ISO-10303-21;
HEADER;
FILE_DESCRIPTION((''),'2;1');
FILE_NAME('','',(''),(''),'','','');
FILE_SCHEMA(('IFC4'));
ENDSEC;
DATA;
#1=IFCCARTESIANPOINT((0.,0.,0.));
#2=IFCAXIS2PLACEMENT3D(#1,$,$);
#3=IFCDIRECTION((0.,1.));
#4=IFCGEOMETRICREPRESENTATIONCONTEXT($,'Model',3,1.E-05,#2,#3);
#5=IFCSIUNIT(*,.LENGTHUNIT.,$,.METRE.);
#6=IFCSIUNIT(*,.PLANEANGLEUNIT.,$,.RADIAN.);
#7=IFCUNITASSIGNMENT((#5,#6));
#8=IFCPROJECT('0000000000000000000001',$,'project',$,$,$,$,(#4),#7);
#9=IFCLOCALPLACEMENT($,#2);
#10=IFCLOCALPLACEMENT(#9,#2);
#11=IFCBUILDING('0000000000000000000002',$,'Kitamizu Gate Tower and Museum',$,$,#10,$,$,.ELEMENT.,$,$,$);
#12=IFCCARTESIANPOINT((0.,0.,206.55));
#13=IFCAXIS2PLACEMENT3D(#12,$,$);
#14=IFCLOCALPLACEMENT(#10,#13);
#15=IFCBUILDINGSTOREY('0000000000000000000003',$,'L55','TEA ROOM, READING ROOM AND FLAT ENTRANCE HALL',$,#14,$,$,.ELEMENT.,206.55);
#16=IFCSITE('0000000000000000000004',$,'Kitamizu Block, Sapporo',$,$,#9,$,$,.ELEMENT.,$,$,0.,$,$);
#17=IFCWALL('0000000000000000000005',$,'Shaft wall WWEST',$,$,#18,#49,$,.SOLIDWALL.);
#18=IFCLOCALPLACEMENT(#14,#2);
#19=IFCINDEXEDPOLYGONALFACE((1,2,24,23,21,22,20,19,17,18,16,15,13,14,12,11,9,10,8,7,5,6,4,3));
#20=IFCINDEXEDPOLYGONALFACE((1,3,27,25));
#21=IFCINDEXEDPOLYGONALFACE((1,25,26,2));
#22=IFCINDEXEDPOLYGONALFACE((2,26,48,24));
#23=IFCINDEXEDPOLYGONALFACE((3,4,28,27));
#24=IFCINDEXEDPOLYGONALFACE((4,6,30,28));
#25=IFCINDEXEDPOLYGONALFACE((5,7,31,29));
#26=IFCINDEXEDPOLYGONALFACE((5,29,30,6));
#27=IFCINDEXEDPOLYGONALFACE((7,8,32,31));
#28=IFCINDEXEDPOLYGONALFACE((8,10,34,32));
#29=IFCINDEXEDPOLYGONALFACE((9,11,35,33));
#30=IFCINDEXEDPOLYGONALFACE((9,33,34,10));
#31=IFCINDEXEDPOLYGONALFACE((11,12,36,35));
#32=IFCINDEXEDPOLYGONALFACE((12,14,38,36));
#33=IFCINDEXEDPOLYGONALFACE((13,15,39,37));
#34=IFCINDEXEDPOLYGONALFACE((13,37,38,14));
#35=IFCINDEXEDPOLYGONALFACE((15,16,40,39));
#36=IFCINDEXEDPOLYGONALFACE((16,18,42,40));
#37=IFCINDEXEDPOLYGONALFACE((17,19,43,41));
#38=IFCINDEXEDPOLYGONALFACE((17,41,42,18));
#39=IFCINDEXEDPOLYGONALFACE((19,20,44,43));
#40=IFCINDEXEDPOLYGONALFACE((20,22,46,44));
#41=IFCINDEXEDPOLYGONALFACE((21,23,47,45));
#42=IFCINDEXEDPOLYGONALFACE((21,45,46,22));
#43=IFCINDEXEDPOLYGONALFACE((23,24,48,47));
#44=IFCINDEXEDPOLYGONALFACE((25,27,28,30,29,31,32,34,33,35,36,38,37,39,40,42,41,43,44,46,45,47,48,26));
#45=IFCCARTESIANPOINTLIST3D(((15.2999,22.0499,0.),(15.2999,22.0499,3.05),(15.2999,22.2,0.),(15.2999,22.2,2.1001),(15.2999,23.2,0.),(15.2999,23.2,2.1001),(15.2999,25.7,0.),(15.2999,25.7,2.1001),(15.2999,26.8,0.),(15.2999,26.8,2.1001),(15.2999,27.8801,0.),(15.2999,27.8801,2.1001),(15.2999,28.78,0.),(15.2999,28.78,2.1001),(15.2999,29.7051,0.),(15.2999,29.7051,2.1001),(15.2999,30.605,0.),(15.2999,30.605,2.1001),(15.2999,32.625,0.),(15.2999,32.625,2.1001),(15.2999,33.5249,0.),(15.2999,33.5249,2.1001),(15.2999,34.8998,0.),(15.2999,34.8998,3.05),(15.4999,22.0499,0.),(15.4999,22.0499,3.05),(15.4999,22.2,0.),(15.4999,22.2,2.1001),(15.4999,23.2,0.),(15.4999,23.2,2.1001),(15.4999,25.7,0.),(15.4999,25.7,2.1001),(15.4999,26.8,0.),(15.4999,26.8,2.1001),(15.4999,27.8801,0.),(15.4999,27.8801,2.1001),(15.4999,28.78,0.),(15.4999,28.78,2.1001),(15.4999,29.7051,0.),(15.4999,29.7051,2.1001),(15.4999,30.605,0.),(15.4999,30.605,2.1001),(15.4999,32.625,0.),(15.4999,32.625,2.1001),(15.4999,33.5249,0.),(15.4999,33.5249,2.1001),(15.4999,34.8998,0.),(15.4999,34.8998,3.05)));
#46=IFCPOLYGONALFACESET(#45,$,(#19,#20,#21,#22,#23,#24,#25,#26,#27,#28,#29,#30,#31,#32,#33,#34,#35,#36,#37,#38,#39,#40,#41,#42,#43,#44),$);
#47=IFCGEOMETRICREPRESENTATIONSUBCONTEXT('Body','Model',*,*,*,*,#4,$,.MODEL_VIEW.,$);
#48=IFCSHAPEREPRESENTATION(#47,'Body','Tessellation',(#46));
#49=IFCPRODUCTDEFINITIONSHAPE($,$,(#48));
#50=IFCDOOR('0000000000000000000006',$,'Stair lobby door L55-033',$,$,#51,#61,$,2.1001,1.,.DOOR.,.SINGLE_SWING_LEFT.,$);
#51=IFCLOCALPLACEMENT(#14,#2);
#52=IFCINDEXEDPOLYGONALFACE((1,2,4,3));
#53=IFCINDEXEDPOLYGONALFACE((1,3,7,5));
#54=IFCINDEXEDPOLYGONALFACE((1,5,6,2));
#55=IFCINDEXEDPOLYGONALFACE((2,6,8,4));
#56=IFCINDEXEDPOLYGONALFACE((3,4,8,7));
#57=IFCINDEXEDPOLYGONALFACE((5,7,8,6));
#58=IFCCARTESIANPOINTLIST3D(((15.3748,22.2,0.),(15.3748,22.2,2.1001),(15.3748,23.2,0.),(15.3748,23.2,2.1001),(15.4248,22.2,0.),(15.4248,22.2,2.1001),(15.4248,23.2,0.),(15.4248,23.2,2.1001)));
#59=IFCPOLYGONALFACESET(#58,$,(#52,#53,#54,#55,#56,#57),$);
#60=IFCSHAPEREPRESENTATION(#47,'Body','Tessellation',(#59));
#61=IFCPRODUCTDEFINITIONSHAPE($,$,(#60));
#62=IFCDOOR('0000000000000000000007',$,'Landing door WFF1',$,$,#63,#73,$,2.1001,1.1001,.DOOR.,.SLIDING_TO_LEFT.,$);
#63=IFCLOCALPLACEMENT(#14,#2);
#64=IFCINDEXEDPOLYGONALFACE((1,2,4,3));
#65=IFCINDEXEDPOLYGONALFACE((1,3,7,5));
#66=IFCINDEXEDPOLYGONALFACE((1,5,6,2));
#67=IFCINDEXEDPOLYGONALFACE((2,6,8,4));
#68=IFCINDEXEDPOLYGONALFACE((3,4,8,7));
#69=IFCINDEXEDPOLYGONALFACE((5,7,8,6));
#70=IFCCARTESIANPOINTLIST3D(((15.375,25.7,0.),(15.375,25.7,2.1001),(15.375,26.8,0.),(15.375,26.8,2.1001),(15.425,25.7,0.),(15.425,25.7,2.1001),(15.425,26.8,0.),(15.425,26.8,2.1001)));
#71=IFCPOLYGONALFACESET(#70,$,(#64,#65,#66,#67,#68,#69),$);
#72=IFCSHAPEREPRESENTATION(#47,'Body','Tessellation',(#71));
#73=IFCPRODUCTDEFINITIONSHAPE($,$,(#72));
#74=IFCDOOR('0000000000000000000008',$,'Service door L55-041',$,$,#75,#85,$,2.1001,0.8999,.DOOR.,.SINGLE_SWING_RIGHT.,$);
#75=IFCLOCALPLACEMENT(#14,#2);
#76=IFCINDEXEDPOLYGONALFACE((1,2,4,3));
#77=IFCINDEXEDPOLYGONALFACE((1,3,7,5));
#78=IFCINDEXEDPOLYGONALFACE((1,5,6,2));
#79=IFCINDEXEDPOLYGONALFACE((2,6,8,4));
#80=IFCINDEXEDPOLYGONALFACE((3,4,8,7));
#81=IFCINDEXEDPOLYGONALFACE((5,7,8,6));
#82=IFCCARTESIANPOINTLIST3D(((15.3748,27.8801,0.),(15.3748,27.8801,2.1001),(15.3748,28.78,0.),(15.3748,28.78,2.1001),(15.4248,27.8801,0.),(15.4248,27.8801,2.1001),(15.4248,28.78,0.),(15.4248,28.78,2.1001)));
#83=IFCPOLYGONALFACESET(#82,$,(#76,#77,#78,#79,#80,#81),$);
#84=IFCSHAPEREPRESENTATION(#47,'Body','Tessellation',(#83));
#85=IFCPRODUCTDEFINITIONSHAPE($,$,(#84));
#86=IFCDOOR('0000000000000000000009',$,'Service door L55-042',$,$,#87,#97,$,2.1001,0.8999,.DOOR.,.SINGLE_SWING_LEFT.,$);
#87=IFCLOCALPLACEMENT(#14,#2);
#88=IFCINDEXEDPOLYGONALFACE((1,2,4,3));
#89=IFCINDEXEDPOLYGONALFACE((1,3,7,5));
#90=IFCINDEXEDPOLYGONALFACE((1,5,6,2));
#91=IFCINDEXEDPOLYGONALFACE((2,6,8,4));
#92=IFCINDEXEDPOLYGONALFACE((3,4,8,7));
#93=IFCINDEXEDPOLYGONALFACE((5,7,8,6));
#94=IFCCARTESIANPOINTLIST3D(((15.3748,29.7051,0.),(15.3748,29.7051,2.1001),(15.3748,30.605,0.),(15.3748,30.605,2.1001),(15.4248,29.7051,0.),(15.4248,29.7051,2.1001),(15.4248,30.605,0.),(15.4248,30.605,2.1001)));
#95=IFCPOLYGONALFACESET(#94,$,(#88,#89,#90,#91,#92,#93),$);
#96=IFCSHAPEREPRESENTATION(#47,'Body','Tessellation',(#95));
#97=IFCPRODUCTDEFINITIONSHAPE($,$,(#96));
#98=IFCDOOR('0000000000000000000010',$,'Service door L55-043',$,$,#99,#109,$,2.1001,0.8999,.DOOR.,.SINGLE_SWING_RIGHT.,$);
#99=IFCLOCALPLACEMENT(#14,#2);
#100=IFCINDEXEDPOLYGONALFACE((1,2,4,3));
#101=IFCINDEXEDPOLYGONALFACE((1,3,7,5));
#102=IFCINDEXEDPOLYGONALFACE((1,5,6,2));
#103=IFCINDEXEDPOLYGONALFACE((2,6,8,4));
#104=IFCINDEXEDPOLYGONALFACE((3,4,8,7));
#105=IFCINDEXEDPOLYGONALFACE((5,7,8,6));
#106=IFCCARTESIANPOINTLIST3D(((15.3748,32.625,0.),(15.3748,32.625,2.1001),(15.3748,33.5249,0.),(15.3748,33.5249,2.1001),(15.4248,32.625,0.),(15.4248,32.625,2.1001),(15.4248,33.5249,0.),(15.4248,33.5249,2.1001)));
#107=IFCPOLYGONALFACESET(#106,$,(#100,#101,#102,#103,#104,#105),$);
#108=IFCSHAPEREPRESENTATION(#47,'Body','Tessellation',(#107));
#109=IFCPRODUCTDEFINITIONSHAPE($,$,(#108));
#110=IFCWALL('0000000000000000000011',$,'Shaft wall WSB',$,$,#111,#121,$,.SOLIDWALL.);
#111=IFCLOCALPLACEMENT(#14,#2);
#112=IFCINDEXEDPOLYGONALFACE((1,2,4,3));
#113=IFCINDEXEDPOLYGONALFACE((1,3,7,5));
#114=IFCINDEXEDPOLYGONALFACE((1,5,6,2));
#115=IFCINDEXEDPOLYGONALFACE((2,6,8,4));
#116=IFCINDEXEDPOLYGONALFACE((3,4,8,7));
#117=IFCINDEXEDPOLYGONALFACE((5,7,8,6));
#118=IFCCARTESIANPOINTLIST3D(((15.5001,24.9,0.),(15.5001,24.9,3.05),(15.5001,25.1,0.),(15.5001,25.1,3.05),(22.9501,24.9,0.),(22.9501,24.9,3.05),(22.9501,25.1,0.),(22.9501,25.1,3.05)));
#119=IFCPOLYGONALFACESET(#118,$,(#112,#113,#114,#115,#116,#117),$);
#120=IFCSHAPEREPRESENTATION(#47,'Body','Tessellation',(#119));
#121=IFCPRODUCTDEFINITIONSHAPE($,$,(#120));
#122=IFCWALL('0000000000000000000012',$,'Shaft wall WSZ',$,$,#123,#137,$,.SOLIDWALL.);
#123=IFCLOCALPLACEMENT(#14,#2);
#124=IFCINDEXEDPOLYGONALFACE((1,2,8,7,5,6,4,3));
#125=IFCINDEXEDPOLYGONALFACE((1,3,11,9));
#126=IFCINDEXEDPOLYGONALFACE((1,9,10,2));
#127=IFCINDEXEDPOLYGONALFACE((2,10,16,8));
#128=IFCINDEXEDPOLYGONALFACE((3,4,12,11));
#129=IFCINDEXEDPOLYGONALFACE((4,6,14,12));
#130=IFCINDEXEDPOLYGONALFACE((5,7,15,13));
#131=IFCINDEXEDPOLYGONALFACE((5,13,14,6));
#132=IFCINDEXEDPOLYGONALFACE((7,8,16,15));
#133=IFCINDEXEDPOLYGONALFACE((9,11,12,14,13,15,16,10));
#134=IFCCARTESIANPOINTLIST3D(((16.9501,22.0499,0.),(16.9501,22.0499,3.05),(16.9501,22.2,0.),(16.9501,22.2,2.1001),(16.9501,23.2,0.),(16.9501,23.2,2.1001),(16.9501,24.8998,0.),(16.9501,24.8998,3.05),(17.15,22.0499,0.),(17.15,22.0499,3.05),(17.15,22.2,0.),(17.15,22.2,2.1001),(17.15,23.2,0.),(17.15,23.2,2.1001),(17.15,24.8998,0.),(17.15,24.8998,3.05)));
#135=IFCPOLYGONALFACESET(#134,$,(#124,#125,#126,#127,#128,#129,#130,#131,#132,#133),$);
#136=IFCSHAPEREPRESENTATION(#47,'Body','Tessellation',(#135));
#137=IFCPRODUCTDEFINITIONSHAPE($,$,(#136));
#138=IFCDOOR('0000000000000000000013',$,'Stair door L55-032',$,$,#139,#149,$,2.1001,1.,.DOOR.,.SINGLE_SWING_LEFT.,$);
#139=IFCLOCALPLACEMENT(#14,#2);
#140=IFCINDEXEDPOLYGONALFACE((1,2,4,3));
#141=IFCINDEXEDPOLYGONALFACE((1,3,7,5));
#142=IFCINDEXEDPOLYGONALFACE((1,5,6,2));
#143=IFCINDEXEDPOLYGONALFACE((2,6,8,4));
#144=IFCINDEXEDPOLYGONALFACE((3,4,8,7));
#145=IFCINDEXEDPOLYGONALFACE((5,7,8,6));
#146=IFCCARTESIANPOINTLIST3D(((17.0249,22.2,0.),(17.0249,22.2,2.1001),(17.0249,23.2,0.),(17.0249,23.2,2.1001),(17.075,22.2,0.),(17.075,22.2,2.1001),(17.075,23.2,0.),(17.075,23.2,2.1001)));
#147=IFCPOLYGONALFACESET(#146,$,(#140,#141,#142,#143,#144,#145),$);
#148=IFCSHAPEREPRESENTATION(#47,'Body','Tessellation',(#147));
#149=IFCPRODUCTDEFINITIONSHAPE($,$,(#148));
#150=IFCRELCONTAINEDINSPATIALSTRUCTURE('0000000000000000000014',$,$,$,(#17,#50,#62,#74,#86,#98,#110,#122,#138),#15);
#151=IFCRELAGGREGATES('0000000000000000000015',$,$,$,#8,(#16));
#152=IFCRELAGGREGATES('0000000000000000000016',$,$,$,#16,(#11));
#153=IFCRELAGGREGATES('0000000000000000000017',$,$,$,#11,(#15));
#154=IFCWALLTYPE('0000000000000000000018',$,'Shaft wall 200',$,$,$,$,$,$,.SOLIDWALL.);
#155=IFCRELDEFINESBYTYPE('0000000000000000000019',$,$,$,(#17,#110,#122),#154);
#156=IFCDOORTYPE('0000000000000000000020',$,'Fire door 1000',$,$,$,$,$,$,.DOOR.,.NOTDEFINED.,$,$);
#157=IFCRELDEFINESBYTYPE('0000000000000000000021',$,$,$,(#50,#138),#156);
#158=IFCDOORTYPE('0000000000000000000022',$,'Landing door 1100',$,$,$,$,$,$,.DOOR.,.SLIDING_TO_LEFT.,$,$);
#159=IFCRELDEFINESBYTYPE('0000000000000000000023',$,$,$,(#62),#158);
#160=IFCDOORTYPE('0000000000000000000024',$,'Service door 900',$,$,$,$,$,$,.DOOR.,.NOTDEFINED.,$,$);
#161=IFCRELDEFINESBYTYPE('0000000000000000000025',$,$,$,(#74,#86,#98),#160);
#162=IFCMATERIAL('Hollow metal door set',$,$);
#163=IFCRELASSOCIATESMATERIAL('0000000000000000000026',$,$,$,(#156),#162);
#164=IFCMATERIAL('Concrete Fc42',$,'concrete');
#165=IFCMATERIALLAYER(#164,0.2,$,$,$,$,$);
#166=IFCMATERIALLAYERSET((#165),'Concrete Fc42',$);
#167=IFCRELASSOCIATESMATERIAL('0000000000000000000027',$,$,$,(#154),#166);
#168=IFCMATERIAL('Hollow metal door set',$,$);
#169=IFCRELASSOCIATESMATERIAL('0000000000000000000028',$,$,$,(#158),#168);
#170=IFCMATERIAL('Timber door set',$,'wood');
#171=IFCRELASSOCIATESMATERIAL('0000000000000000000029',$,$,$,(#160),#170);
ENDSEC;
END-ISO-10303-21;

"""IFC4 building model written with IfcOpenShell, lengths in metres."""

from ifc_helpers import new_model, si_unit, direction, frame, frame_2d, origin, place, context, subcontext, project, spatial, rectangle, extrude, material, layer, layer_set, type_object, element, fill, save


model = new_model("IFC4")

# Units and contexts
model_context = context("Model", 3, precision=1e-05, world=origin(), true_north=direction((0.0, 1.0)))
body_context = subcontext(model_context, "Body", "Model", "MODEL_VIEW")
ifc_project = project(units=[si_unit("LENGTHUNIT", "METRE"), si_unit("PLANEANGLEUNIT", "RADIAN")], contexts=[model_context])

# Site, building, storey
site_placement = place(None, origin())
site = spatial("IfcSite", under=ifc_project, at=site_placement, Name="Kitamizu Block, Sapporo", CompositionType="ELEMENT", RefElevation=0.0)
building_placement = place(site_placement, origin())
building = spatial("IfcBuilding", under=site, at=building_placement, Name="Kitamizu Gate Tower and Museum", CompositionType="ELEMENT")
storey_placement = place(building_placement, frame((0.0, 0.0, 206.55)))
storey = spatial("IfcBuildingStorey", under=building, at=storey_placement, Name="L55", Description="TEA ROOM, READING ROOM AND FLAT ENTRANCE HALL", CompositionType="ELEMENT", Elevation=206.55)

# Shared definitions
ifc_material_1 = material(Name="Hollow metal door set")
door_type_1 = type_object("IfcDoorType", Name="Fire door 1000", OperationType="NOTDEFINED", PredefinedType="DOOR", material=ifc_material_1)

# Wall, openings, doors
ifc_material_2 = material(Name="Concrete Fc42", Category="concrete")
ifc_layer_1 = layer(ifc_material_2, 0.2)
ifc_layer_set_1 = layer_set([ifc_layer_1], Name="Concrete Fc42")
wall_type_1 = type_object("IfcWallType", Name="Shaft wall 200", PredefinedType="SOLIDWALL", material=ifc_layer_set_1)
wall_1_placement = place(storey_placement, frame((15.3999, 22.05, 0.0), z_axis=(0.0, 0.0, 1.0), x_axis=(0.0, 1.0, 0.0)))
wall_1 = element("IfcWall", 1, at=wall_1_placement, inside=storey, type_object=wall_type_1, Name="Shaft wall WWEST", PredefinedType="SOLIDWALL", context=body_context, shape_type="SweptSolid", body=[
    extrude(rectangle(XDim=12.8499, YDim=0.2, at=frame_2d((6.4248, 0.0))), origin(), (0.0, 0.0, 1.0), 3.05),
])
opening_1_placement = place(wall_1_placement, frame((3.6499, 0.0, 0.0)))
opening_1 = element("IfcOpeningElement", 2, at=opening_1_placement, cuts=wall_1, PredefinedType="OPENING", context=body_context, shape_type="SweptSolid", body=[
    extrude(rectangle(XDim=1.1001, YDim=2.1001, at=frame_2d((0.55, 1.05))), frame((0.0, 0.1099, 0.0), z_axis=(0.0, -1.0, 0.0), x_axis=(1.0, 0.0, 0.0)), (0.0, 0.0, 1.0), 0.22),
])
opening_2_placement = place(wall_1_placement, frame((0.1499, 0.0, 0.0)))
opening_2 = element("IfcOpeningElement", 3, at=opening_2_placement, cuts=wall_1, PredefinedType="OPENING", context=body_context, shape_type="SweptSolid", body=[
    extrude(rectangle(XDim=1.0, YDim=2.1001, at=frame_2d((0.5, 1.05))), frame((0.0, 0.1099, 0.0), z_axis=(0.0, -1.0, 0.0), x_axis=(1.0, 0.0, 0.0)), (0.0, 0.0, 1.0), 0.22),
])
opening_3_placement = place(wall_1_placement, frame((5.8301, 0.0, 0.0)))
opening_3 = element("IfcOpeningElement", 4, at=opening_3_placement, cuts=wall_1, PredefinedType="OPENING", context=body_context, shape_type="SweptSolid", body=[
    extrude(rectangle(XDim=0.8999, YDim=2.1001, at=frame_2d((0.45, 1.05))), frame((0.0, 0.1099, 0.0), z_axis=(0.0, -1.0, 0.0), x_axis=(1.0, 0.0, 0.0)), (0.0, 0.0, 1.0), 0.22),
])
opening_4_placement = place(wall_1_placement, frame((7.655, 0.0, 0.0)))
opening_4 = element("IfcOpeningElement", 5, at=opening_4_placement, cuts=wall_1, PredefinedType="OPENING", context=body_context, shape_type="SweptSolid", body=[
    extrude(rectangle(XDim=0.8999, YDim=2.1001, at=frame_2d((0.45, 1.05))), frame((0.0, 0.1099, 0.0), z_axis=(0.0, -1.0, 0.0), x_axis=(1.0, 0.0, 0.0)), (0.0, 0.0, 1.0), 0.22),
])
opening_5_placement = place(wall_1_placement, frame((10.575, 0.0, 0.0)))
opening_5 = element("IfcOpeningElement", 6, at=opening_5_placement, cuts=wall_1, PredefinedType="OPENING", context=body_context, shape_type="SweptSolid", body=[
    extrude(rectangle(XDim=0.8999, YDim=2.1001, at=frame_2d((0.45, 1.05))), frame((0.0, 0.1099, 0.0), z_axis=(0.0, -1.0, 0.0), x_axis=(1.0, 0.0, 0.0)), (0.0, 0.0, 1.0), 0.22),
])
door_1_placement = place(opening_2_placement, frame((1.0, 0.0, 0.0), x_axis=(-1.0, 0.0, 0.0)))
door_1 = element("IfcDoor", 7, at=door_1_placement, inside=storey, type_object=door_type_1, Name="Stair lobby door L55-033", OperationType="SINGLE_SWING_LEFT", OverallHeight=2.1001, OverallWidth=1.0, PredefinedType="DOOR", context=body_context, shape_type="SweptSolid", body=[
    extrude(rectangle(XDim=1.0, YDim=2.1001, at=frame_2d((0.5, 1.05))), frame((0.0, 0.0249, 0.0), z_axis=(0.0, -1.0, 0.0), x_axis=(1.0, 0.0, 0.0)), (0.0, 0.0, 1.0), 0.05),
])
fill(opening_2, door_1)
ifc_material_3 = material(Name="Hollow metal door set")
door_type_2 = type_object("IfcDoorType", Name="Landing door 1100", OperationType="SLIDING_TO_LEFT", PredefinedType="DOOR", material=ifc_material_3)
door_2_placement = place(opening_1_placement, origin())
door_2 = element("IfcDoor", 8, at=door_2_placement, inside=storey, type_object=door_type_2, Name="Landing door WFF1", OperationType="SLIDING_TO_LEFT", OverallHeight=2.1001, OverallWidth=1.1001, PredefinedType="DOOR", context=body_context, shape_type="SweptSolid", body=[
    extrude(rectangle(XDim=1.1001, YDim=2.1001, at=frame_2d((0.55, 1.05))), frame((0.0, 0.0249, 0.0), z_axis=(0.0, -1.0, 0.0), x_axis=(1.0, 0.0, 0.0)), (0.0, 0.0, 1.0), 0.05),
])
fill(opening_1, door_2)
ifc_material_4 = material(Name="Timber door set", Category="wood")
door_type_3 = type_object("IfcDoorType", Name="Service door 900", OperationType="NOTDEFINED", PredefinedType="DOOR", material=ifc_material_4)
door_3_placement = place(opening_3_placement, frame((0.8999, 0.0, 0.0), x_axis=(-1.0, 0.0, 0.0)))
door_3 = element("IfcDoor", 9, at=door_3_placement, inside=storey, type_object=door_type_3, Name="Service door L55-041", OperationType="SINGLE_SWING_RIGHT", OverallHeight=2.1001, OverallWidth=0.8999, PredefinedType="DOOR", context=body_context, shape_type="SweptSolid", body=[
    extrude(rectangle(XDim=0.8999, YDim=2.1001, at=frame_2d((0.45, 1.05))), frame((0.0, 0.0249, 0.0), z_axis=(0.0, -1.0, 0.0), x_axis=(1.0, 0.0, 0.0)), (0.0, 0.0, 1.0), 0.05),
])
fill(opening_3, door_3)
door_4_placement = place(opening_4_placement, frame((0.8999, 0.0, 0.0), x_axis=(-1.0, 0.0, 0.0)))
door_4 = element("IfcDoor", 10, at=door_4_placement, inside=storey, type_object=door_type_3, Name="Service door L55-042", OperationType="SINGLE_SWING_LEFT", OverallHeight=2.1001, OverallWidth=0.8999, PredefinedType="DOOR", context=body_context, shape_type="SweptSolid", body=[
    extrude(rectangle(XDim=0.8999, YDim=2.1001, at=frame_2d((0.45, 1.05))), frame((0.0, 0.0249, 0.0), z_axis=(0.0, -1.0, 0.0), x_axis=(1.0, 0.0, 0.0)), (0.0, 0.0, 1.0), 0.05),
])
fill(opening_4, door_4)
door_5_placement = place(opening_5_placement, frame((0.8999, 0.0, 0.0), x_axis=(-1.0, 0.0, 0.0)))
door_5 = element("IfcDoor", 11, at=door_5_placement, inside=storey, type_object=door_type_3, Name="Service door L55-043", OperationType="SINGLE_SWING_RIGHT", OverallHeight=2.1001, OverallWidth=0.8999, PredefinedType="DOOR", context=body_context, shape_type="SweptSolid", body=[
    extrude(rectangle(XDim=0.8999, YDim=2.1001, at=frame_2d((0.45, 1.05))), frame((0.0, 0.0249, 0.0), z_axis=(0.0, -1.0, 0.0), x_axis=(1.0, 0.0, 0.0)), (0.0, 0.0, 1.0), 0.05),
])
fill(opening_5, door_5)

# Wall
wall_2_placement = place(storey_placement, frame((15.5, 25.0, 0.0), z_axis=(0.0, 0.0, 1.0), x_axis=(1.0, 0.0, 0.0)))
element("IfcWall", 12, at=wall_2_placement, inside=storey, type_object=wall_type_1, Name="Shaft wall WSB", PredefinedType="SOLIDWALL", context=body_context, shape_type="SweptSolid", body=[
    extrude(rectangle(XDim=7.45, YDim=0.2, at=frame_2d((3.7251, 0.0))), origin(), (0.0, 0.0, 1.0), 3.05),
])

# Wall, opening, door
wall_3_placement = place(storey_placement, frame((17.05, 22.05, 0.0), z_axis=(0.0, 0.0, 1.0), x_axis=(0.0, 1.0, 0.0)))
wall_3 = element("IfcWall", 13, at=wall_3_placement, inside=storey, type_object=wall_type_1, Name="Shaft wall WSZ", PredefinedType="SOLIDWALL", context=body_context, shape_type="SweptSolid", body=[
    extrude(rectangle(XDim=2.8499, YDim=0.2, at=frame_2d((1.4248, 0.0))), origin(), (0.0, 0.0, 1.0), 3.05),
])
opening_6_placement = place(wall_3_placement, frame((0.1499, 0.0, 0.0)))
opening_6 = element("IfcOpeningElement", 14, at=opening_6_placement, cuts=wall_3, PredefinedType="OPENING", context=body_context, shape_type="SweptSolid", body=[
    extrude(rectangle(XDim=1.0, YDim=2.1001, at=frame_2d((0.5, 1.05))), frame((0.0, 0.1099, 0.0), z_axis=(0.0, -1.0, 0.0), x_axis=(1.0, 0.0, 0.0)), (0.0, 0.0, 1.0), 0.22),
])
door_6_placement = place(opening_6_placement, frame((1.0, 0.0, 0.0), x_axis=(-1.0, 0.0, 0.0)))
door_6 = element("IfcDoor", 15, at=door_6_placement, inside=storey, type_object=door_type_1, Name="Stair door L55-032", OperationType="SINGLE_SWING_LEFT", OverallHeight=2.1001, OverallWidth=1.0, PredefinedType="DOOR", context=body_context, shape_type="SweptSolid", body=[
    extrude(rectangle(XDim=1.0, YDim=2.1001, at=frame_2d((0.5, 1.05))), frame((0.0, 0.0249, 0.0), z_axis=(0.0, -1.0, 0.0), x_axis=(1.0, 0.0, 0.0)), (0.0, 0.0, 1.0), 0.05),
])
fill(opening_6, door_6)

save(model, "model.ifc")
